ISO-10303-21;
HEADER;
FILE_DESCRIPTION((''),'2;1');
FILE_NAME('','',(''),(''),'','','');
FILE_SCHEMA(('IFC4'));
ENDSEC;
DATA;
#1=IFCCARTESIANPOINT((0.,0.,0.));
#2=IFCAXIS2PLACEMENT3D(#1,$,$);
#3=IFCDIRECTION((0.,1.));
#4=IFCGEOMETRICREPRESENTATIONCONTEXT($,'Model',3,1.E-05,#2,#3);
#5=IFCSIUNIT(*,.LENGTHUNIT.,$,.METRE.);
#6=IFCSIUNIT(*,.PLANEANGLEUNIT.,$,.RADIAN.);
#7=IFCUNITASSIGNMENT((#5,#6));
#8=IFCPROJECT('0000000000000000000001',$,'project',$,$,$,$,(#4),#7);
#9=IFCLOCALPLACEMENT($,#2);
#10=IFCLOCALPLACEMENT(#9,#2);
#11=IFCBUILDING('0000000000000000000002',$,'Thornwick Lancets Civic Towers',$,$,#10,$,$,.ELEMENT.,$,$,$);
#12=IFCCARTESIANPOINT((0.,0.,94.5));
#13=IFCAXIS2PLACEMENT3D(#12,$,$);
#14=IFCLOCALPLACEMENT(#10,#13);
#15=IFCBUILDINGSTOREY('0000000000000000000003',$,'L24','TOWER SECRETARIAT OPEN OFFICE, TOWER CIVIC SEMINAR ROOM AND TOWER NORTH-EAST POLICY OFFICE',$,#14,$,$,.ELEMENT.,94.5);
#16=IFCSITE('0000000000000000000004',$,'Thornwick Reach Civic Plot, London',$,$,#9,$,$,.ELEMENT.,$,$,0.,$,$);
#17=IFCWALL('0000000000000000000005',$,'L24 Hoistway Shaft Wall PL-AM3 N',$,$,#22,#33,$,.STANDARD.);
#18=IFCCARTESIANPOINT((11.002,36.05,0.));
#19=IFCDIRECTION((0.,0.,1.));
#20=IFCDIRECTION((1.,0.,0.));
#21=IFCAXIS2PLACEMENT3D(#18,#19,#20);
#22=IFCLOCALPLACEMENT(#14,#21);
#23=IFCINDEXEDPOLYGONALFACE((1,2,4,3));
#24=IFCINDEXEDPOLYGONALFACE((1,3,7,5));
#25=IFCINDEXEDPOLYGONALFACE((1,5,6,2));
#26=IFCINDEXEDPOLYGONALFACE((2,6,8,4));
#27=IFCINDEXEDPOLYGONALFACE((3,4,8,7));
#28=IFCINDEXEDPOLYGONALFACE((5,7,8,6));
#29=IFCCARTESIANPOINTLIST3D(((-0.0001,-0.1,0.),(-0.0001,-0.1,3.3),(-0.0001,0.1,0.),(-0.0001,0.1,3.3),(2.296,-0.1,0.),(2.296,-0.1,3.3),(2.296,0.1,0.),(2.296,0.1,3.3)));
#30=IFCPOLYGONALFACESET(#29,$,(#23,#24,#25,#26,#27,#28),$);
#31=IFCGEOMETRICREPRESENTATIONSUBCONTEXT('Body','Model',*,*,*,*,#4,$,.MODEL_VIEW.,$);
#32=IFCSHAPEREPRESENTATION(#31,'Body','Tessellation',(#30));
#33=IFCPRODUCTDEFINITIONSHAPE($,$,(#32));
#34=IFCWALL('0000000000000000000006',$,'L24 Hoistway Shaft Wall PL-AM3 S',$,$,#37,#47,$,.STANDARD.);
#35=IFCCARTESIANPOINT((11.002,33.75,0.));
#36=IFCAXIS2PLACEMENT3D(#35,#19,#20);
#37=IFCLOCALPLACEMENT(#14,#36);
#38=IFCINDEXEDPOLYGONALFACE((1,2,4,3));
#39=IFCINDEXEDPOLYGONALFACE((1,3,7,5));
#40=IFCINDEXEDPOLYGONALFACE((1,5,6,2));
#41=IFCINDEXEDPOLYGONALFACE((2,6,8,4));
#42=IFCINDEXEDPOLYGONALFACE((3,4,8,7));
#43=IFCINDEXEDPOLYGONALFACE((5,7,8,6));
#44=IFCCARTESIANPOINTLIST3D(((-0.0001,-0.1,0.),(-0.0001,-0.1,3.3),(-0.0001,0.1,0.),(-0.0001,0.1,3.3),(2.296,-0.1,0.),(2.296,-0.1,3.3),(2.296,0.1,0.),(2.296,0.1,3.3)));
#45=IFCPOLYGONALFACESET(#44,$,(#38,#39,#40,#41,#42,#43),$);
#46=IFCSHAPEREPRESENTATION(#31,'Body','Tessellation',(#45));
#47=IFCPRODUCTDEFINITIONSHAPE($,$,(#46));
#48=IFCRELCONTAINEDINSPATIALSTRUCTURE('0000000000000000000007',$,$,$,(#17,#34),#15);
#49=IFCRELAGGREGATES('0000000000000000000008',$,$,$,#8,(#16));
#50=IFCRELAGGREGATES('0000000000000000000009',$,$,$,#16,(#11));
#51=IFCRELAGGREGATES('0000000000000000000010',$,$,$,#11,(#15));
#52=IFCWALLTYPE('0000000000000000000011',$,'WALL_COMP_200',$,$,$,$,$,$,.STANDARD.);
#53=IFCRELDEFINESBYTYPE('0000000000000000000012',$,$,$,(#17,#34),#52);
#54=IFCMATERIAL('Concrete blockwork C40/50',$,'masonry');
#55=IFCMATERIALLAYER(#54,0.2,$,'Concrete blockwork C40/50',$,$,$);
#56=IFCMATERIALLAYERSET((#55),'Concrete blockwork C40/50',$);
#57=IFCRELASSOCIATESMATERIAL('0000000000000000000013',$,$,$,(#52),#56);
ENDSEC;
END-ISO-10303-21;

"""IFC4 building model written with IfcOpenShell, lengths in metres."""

from ifc_helpers import new_model, si_unit, direction, frame, frame_2d, origin, place, context, subcontext, project, spatial, rectangle, extrude, material, layer, layer_set, type_object, element, save


model = new_model("IFC4")

# Units and contexts
model_context = context("Model", 3, precision=1e-05, world=origin(), true_north=direction((0.0, 1.0)))
body_context = subcontext(model_context, "Body", "Model", "MODEL_VIEW")
ifc_project = project(units=[si_unit("LENGTHUNIT", "METRE"), si_unit("PLANEANGLEUNIT", "RADIAN")], contexts=[model_context])

# Site, building, storey
site_placement = place(None, origin())
site = spatial("IfcSite", under=ifc_project, at=site_placement, Name="Thornwick Reach Civic Plot, London", CompositionType="ELEMENT", RefElevation=0.0)
building_placement = place(site_placement, origin())
building = spatial("IfcBuilding", under=site, at=building_placement, Name="Thornwick Lancets Civic Towers", CompositionType="ELEMENT")
storey_placement = place(building_placement, frame((0.0, 0.0, 94.5)))
storey = spatial("IfcBuildingStorey", under=building, at=storey_placement, Name="L24", Description="TOWER SECRETARIAT OPEN OFFICE, TOWER CIVIC SEMINAR ROOM AND TOWER NORTH-EAST POLICY OFFICE", CompositionType="ELEMENT", Elevation=94.5)

# Shared definitions
ifc_material_1 = material(Name="Concrete blockwork C40/50", Category="masonry")
ifc_layer_1 = layer(ifc_material_1, 0.2, Name="Concrete blockwork C40/50")
ifc_layer_set_1 = layer_set([ifc_layer_1], Name="Concrete blockwork C40/50")
wall_type_1 = type_object("IfcWallType", Name="WALL_COMP_200", PredefinedType="STANDARD", material=ifc_layer_set_1)

# Walls
for number, where, z_axis, x_axis, name in (
    (1, (11.002, 36.05, 0.0), (0.0, 0.0, 1.0), (1.0, 0.0, 0.0), "L24 Hoistway Shaft Wall PL-AM3 N"),
    (2, (11.002, 33.75, 0.0), (0.0, 0.0, 1.0), (1.0, 0.0, 0.0), "L24 Hoistway Shaft Wall PL-AM3 S"),
):
    element("IfcWall", number, at=place(storey_placement, frame(where, z_axis=z_axis, x_axis=x_axis)), inside=storey, type_object=wall_type_1, Name=name, PredefinedType="STANDARD", context=body_context, shape_type="SweptSolid", body=[
        extrude(rectangle(XDim=2.2961, YDim=0.2, at=frame_2d((1.1479, 0.0))), origin(), (0.0, 0.0, 1.0), 3.3),
    ])

save(model, "model.ifc")
